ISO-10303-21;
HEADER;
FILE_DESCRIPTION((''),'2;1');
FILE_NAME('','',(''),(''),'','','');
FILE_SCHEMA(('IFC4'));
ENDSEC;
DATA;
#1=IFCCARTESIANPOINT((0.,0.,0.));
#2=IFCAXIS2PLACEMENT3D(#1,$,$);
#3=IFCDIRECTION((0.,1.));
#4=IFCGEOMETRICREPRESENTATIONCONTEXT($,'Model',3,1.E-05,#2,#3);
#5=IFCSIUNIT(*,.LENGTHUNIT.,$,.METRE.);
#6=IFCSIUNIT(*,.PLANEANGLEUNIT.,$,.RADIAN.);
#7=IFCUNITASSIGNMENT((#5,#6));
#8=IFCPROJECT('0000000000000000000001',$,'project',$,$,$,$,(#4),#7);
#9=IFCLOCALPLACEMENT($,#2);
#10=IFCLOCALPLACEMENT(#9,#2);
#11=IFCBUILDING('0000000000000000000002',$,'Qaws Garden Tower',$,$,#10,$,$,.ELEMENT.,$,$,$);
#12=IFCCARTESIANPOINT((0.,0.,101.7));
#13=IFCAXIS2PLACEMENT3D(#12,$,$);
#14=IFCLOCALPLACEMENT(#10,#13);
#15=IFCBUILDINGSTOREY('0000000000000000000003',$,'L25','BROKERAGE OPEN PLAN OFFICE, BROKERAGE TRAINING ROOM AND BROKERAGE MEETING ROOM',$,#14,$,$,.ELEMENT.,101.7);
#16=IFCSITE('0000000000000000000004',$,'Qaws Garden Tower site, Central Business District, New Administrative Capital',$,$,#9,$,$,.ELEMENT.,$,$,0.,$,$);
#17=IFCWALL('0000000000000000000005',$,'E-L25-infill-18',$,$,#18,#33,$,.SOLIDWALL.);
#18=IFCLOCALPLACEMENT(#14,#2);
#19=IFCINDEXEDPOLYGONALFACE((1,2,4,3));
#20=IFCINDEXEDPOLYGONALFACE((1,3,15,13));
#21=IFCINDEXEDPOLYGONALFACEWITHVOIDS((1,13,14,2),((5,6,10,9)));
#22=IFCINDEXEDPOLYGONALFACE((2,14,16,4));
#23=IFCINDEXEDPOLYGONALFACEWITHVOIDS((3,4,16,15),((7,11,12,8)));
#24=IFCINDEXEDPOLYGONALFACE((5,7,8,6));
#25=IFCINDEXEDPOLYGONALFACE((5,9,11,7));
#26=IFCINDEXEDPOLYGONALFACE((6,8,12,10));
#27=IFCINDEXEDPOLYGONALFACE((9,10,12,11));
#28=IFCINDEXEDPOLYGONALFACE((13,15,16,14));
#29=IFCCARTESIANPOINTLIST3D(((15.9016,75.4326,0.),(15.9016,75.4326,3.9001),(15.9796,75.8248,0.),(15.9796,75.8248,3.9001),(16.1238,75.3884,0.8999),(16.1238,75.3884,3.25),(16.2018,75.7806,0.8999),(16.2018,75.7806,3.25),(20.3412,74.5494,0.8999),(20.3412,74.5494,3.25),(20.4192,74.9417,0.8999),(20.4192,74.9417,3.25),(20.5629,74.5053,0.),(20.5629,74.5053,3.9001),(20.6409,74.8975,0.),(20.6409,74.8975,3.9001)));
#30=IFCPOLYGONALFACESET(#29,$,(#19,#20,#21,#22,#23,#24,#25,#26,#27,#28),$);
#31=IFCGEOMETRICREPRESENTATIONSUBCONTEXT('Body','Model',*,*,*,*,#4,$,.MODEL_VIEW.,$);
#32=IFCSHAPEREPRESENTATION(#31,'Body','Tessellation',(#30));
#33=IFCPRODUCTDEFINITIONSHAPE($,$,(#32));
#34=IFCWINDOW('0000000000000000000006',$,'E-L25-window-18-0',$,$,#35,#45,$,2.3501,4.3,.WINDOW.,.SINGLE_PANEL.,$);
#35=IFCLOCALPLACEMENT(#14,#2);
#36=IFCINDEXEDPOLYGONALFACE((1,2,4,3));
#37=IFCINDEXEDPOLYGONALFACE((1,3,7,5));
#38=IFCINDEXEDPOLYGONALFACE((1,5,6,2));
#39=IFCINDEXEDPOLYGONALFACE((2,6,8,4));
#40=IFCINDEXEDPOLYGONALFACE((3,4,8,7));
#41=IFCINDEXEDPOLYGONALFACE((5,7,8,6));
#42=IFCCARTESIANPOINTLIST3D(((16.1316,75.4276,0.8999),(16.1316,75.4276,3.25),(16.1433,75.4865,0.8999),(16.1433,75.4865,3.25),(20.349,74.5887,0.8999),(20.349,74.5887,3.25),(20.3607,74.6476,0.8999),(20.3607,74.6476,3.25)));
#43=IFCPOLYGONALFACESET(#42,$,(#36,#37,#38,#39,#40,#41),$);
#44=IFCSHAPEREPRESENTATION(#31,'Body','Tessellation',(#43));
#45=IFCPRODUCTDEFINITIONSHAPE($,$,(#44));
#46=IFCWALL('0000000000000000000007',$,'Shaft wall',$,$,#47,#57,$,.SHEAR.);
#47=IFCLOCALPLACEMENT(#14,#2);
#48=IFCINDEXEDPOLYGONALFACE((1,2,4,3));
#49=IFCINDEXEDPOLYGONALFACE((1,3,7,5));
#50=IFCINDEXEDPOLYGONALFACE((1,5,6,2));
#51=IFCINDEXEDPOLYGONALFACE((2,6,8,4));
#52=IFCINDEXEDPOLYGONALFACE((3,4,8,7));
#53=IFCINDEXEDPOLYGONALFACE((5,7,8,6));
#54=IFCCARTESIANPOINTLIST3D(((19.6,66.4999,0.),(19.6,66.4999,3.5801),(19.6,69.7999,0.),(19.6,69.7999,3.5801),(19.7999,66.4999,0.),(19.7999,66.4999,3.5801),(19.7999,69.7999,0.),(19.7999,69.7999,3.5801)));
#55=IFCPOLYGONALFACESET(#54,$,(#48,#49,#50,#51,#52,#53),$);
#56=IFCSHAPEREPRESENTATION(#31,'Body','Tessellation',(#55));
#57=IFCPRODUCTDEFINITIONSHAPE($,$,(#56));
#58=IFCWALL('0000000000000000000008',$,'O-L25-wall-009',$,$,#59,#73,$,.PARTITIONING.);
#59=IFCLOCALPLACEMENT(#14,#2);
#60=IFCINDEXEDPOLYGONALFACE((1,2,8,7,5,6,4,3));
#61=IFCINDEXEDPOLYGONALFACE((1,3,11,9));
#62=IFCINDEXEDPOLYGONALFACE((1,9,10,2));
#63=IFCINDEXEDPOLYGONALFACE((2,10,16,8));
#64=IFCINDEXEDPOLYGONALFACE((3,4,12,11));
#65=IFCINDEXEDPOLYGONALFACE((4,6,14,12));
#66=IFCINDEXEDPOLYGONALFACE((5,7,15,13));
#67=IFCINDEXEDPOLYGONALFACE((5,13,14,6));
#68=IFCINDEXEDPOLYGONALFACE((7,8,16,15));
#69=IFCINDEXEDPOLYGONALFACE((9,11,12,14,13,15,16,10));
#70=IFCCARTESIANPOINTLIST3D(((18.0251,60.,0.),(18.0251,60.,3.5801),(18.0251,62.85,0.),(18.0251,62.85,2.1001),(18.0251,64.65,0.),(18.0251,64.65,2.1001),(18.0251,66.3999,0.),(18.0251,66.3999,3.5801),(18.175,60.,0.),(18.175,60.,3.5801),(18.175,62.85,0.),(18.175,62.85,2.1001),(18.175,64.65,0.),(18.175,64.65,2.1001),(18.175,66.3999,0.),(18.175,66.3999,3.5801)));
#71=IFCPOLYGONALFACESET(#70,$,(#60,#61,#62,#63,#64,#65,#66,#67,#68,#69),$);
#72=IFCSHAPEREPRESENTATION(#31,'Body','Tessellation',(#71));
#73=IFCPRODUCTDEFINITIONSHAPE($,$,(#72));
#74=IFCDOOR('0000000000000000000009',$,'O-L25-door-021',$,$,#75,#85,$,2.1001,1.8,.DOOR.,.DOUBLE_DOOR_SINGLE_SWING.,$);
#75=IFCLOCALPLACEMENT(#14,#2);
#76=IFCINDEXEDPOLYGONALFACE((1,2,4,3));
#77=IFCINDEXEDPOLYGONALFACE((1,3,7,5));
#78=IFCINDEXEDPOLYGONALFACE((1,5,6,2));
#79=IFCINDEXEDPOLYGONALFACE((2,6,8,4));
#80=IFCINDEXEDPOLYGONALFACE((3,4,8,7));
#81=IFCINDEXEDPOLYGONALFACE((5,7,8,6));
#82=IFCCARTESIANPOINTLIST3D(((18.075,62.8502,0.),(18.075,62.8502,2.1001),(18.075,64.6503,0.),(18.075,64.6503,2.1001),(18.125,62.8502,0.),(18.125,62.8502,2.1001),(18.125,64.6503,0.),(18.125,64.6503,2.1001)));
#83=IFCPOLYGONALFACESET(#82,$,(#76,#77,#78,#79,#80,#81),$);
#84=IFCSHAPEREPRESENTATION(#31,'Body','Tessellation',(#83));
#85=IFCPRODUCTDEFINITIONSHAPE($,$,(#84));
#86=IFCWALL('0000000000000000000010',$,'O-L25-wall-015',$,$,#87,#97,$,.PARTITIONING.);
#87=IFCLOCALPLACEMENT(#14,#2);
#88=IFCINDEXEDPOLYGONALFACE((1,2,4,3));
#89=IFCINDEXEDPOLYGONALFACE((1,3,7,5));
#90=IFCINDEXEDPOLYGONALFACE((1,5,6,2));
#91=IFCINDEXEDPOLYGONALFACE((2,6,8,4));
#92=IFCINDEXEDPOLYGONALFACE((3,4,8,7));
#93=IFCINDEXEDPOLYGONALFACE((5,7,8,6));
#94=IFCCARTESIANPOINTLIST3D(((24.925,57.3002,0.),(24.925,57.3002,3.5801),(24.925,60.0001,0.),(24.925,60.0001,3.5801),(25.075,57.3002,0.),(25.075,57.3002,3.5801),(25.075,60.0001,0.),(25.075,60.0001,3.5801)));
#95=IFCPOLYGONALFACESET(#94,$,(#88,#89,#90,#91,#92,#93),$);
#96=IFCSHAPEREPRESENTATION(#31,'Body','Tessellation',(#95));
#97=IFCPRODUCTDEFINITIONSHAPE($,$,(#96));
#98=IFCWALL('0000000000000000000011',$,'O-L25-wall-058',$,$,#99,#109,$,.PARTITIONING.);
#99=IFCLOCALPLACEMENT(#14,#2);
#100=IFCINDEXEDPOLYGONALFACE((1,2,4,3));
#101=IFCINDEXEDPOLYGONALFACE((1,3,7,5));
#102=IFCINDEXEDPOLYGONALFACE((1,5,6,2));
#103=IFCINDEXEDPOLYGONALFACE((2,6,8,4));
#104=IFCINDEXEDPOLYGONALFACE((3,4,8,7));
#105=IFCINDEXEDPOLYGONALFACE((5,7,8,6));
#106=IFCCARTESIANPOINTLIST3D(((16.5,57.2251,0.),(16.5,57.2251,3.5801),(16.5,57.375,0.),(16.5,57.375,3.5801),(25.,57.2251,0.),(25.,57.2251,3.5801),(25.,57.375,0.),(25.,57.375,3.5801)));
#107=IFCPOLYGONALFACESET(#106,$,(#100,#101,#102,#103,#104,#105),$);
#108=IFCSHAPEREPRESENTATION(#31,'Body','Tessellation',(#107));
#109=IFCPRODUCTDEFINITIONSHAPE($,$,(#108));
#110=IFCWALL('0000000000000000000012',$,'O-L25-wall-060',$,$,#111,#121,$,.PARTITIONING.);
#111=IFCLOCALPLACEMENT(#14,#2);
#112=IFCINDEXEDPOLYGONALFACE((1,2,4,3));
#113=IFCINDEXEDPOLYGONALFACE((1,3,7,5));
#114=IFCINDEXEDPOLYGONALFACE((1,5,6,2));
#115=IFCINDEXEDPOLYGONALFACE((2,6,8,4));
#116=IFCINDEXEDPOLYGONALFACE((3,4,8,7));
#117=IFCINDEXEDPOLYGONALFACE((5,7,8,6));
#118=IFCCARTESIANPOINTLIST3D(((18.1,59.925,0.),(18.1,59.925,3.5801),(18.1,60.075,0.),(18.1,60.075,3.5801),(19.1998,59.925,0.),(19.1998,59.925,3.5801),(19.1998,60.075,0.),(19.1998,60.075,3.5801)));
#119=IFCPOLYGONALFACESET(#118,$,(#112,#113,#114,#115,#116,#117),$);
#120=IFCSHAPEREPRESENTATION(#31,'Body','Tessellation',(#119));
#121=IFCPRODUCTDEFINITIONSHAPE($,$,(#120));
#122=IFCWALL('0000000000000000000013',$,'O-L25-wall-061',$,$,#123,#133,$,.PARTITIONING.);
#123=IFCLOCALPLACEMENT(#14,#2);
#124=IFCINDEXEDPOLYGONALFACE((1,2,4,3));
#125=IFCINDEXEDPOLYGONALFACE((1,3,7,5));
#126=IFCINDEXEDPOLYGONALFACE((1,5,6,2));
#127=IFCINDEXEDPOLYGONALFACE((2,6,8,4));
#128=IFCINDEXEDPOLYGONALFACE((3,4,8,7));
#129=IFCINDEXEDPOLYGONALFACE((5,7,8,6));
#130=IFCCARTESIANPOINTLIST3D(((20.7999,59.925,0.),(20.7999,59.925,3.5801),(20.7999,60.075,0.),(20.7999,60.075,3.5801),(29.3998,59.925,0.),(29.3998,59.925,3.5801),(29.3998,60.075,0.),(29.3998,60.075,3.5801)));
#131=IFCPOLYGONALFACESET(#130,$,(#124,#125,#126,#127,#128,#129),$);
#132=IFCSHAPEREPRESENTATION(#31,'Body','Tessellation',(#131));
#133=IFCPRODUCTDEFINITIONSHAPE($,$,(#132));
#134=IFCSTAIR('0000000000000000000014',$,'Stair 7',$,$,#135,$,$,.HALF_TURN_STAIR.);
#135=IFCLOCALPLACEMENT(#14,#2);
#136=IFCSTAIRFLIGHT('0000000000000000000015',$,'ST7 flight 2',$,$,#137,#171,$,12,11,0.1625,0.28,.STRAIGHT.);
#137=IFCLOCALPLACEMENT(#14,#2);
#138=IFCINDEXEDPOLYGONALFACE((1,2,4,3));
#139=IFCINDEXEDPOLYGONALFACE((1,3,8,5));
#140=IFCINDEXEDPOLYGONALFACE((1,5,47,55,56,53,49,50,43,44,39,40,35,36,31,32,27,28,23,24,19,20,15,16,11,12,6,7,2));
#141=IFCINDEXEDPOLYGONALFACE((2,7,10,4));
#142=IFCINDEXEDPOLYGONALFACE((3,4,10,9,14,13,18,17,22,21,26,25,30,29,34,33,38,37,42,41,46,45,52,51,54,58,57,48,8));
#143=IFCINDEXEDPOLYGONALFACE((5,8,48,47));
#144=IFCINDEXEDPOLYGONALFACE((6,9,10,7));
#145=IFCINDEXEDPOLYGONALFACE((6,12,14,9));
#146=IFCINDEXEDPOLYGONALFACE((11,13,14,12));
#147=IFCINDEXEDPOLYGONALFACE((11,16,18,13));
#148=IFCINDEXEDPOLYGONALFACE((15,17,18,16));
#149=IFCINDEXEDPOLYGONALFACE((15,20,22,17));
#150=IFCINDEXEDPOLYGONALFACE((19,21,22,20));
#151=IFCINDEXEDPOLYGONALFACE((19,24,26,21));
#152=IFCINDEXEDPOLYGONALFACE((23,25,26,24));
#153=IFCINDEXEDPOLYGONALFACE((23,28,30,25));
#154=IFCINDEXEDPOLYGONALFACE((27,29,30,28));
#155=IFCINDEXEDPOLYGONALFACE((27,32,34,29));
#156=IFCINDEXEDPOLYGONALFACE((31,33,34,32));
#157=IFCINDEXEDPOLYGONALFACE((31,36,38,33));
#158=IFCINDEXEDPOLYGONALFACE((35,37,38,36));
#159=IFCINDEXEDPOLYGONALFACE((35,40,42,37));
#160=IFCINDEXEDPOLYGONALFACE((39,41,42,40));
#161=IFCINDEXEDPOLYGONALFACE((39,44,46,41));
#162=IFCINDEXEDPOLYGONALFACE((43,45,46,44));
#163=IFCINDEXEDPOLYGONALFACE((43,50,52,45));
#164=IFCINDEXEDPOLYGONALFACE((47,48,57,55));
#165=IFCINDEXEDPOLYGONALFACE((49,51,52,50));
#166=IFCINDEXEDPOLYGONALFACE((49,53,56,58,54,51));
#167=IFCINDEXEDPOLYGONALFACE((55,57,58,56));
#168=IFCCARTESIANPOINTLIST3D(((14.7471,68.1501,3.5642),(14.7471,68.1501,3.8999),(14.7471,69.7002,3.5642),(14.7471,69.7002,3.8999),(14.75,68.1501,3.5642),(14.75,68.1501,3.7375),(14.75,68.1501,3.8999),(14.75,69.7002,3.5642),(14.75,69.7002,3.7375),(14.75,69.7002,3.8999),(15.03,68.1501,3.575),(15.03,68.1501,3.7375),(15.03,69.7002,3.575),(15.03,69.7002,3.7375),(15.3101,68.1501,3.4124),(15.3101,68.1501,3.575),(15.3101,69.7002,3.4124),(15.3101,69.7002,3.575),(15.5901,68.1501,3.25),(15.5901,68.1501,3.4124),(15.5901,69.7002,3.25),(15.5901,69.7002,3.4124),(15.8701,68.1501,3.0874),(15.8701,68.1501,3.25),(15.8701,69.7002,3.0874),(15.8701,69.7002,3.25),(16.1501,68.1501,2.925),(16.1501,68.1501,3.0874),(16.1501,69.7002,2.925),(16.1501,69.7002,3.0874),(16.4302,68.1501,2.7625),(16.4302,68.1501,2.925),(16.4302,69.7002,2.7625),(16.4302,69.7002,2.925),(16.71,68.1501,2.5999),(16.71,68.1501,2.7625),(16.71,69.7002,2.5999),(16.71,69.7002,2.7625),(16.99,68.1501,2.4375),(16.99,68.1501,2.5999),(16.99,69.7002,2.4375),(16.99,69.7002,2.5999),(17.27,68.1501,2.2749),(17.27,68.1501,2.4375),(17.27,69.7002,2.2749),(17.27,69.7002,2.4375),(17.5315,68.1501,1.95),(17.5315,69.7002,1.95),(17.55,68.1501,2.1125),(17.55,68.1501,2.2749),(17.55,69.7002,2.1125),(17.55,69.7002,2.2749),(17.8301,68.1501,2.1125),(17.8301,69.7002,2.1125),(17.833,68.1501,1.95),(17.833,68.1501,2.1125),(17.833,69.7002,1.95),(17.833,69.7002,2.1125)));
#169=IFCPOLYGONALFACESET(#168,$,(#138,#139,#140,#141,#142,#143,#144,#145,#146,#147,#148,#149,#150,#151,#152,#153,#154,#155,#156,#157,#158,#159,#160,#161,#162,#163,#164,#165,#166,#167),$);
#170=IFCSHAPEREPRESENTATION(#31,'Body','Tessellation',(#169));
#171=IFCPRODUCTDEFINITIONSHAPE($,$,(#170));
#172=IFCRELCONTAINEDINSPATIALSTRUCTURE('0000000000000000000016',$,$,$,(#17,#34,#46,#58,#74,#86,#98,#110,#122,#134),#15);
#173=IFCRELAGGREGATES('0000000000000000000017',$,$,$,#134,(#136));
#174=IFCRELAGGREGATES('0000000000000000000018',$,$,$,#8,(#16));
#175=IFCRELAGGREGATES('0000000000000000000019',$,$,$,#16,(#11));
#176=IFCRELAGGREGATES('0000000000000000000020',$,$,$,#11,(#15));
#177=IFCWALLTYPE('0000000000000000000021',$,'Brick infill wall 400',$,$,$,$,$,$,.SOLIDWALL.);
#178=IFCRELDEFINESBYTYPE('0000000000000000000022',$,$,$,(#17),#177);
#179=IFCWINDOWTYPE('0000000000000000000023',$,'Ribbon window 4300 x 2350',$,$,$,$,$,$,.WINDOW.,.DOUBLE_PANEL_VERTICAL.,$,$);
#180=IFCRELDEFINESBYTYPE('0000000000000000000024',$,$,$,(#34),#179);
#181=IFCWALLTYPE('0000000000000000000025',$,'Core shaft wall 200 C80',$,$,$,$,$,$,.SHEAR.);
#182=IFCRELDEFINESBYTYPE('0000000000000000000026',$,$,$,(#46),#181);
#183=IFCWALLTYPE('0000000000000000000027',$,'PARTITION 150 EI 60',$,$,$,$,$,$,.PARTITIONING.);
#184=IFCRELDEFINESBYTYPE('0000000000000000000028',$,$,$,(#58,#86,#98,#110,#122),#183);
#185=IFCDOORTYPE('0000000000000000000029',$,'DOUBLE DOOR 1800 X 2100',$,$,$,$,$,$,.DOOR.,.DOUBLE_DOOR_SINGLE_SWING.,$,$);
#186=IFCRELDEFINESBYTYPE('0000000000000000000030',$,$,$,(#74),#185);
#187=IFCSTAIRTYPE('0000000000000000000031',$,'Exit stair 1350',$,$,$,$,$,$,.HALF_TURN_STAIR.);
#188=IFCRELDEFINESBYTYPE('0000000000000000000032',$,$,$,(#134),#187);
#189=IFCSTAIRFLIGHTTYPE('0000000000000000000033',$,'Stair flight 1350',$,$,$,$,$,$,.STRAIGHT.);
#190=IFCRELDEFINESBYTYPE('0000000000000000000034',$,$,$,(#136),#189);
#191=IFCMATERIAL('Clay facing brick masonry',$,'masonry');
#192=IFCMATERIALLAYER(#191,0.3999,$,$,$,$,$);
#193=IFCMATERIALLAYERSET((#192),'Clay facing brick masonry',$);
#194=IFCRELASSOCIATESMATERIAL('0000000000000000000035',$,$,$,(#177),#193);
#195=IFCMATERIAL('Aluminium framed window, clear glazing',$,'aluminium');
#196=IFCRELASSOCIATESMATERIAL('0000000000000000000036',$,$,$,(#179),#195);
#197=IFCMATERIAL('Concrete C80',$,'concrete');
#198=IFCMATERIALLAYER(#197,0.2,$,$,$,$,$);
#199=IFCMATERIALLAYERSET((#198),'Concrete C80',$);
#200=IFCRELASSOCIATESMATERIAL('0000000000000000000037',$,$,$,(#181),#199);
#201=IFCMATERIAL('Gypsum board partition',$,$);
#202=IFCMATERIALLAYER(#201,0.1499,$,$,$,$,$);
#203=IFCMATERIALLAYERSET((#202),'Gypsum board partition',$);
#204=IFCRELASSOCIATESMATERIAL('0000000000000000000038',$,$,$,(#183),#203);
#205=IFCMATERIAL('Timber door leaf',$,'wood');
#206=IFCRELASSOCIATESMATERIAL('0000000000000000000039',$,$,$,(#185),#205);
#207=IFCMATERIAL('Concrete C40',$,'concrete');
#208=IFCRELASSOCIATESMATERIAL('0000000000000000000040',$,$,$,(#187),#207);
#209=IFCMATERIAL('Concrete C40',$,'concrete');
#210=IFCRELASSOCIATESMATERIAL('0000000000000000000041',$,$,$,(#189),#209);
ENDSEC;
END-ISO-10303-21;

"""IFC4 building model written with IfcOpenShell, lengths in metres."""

from ifc_helpers import new_model, si_unit, direction, frame, frame_2d, origin, place, context, subcontext, project, spatial, polyline, rectangle, outline, extrude, material, layer, layer_set, type_object, element, fill, aggregate, save


model = new_model("IFC4")

# Units and contexts
model_context = context("Model", 3, precision=1e-05, world=origin(), true_north=direction((0.0, 1.0)))
body_context = subcontext(model_context, "Body", "Model", "MODEL_VIEW")
ifc_project = project(units=[si_unit("LENGTHUNIT", "METRE"), si_unit("PLANEANGLEUNIT", "RADIAN")], contexts=[model_context])

# Site, building, storey
site_placement = place(None, origin())
site = spatial("IfcSite", under=ifc_project, at=site_placement, Name="Qaws Garden Tower site, Central Business District, New Administrative Capital", CompositionType="ELEMENT", RefElevation=0.0)
building_placement = place(site_placement, origin())
building = spatial("IfcBuilding", under=site, at=building_placement, Name="Qaws Garden Tower", CompositionType="ELEMENT")
storey_placement = place(building_placement, frame((0.0, 0.0, 101.7)))
storey = spatial("IfcBuildingStorey", under=building, at=storey_placement, Name="L25", Description="BROKERAGE OPEN PLAN OFFICE, BROKERAGE TRAINING ROOM AND BROKERAGE MEETING ROOM", CompositionType="ELEMENT", Elevation=101.7)

# Wall, opening, window
ifc_material_1 = material(Name="Clay facing brick masonry", Category="masonry")
ifc_layer_1 = layer(ifc_material_1, 0.3999)
ifc_layer_set_1 = layer_set([ifc_layer_1], Name="Clay facing brick masonry")
wall_type_1 = type_object("IfcWallType", Name="Brick infill wall 400", PredefinedType="SOLIDWALL", material=ifc_layer_set_1)
ifc_material_2 = material(Name="Aluminium framed window, clear glazing", Category="aluminium")
window_type = type_object("IfcWindowType", Name="Ribbon window 4300 x 2350", PartitioningType="DOUBLE_PANEL_VERTICAL", PredefinedType="WINDOW", material=ifc_material_2)
wall_1_placement = place(storey_placement, frame((20.6021, 74.7014, 0.0), z_axis=(0.0, 0.0, 1.0), x_axis=(-0.980784, 0.195099, 0.0)))
wall_1 = element("IfcWall", 1, at=wall_1_placement, inside=storey, type_object=wall_type_1, Name="E-L25-infill-18", PredefinedType="SOLIDWALL", context=body_context, shape_type="SweptSolid", body=[
    extrude(rectangle(XDim=4.7527, YDim=0.3999, at=frame_2d((2.3765, 0.0))), origin(), (0.0, 0.0, 1.0), 3.9001),
])
opening_1_placement = place(wall_1_placement, frame((0.2263, 0.0, 0.8999)))
opening_1 = element("IfcOpeningElement", 2, at=opening_1_placement, cuts=wall_1, PredefinedType="OPENING", context=body_context, shape_type="SweptSolid", body=[
    extrude(rectangle(XDim=4.3, YDim=2.3501, at=frame_2d((2.1499, 1.175))), frame((0.0, 0.21, 0.0), z_axis=(0.0, -1.0, 0.0), x_axis=(1.0, 0.0, 0.0)), (0.0, 0.0, 1.0), 0.4199),
])
window_1_placement = place(opening_1_placement, origin())
window_1 = element("IfcWindow", 3, at=window_1_placement, inside=storey, type_object=window_type, Name="E-L25-window-18-0", OverallHeight=2.3501, OverallWidth=4.3, PartitioningType="SINGLE_PANEL", PredefinedType="WINDOW", context=body_context, shape_type="SweptSolid", body=[
    extrude(rectangle(XDim=4.3, YDim=2.3501, at=frame_2d((2.1499, 1.175))), frame((0.0, 0.1599, 0.0), z_axis=(0.0, -1.0, 0.0), x_axis=(1.0, 0.0, 0.0)), (0.0, 0.0, 1.0), 0.0601),
])
fill(opening_1, window_1)

# Wall
ifc_material_3 = material(Name="Concrete C80", Category="concrete")
ifc_layer_2 = layer(ifc_material_3, 0.2)
ifc_layer_set_2 = layer_set([ifc_layer_2], Name="Concrete C80")
wall_type_2 = type_object("IfcWallType", Name="Core shaft wall 200 C80", PredefinedType="SHEAR", material=ifc_layer_set_2)
wall_2_placement = place(storey_placement, frame((19.7, 66.5, 0.0), z_axis=(0.0, 0.0, 1.0), x_axis=(0.0, 1.0, 0.0)))
element("IfcWall", 4, at=wall_2_placement, inside=storey, type_object=wall_type_2, Name="Shaft wall", PredefinedType="SHEAR", context=body_context, shape_type="SweptSolid", body=[
    extrude(rectangle(XDim=3.3, YDim=0.2, at=frame_2d((1.6499, 0.0))), origin(), (0.0, 0.0, 1.0), 3.5801),
])

# Wall, opening, door
ifc_material_4 = material(Name="Gypsum board partition")
ifc_layer_3 = layer(ifc_material_4, 0.1499)
ifc_layer_set_3 = layer_set([ifc_layer_3], Name="Gypsum board partition")
wall_type_3 = type_object("IfcWallType", Name="PARTITION 150 EI 60", PredefinedType="PARTITIONING", material=ifc_layer_set_3)
wall_3_placement = place(storey_placement, frame((18.1001, 60.0, 0.0), z_axis=(0.0, 0.0, 1.0), x_axis=(0.0, 1.0, 0.0)))
wall_3 = element("IfcWall", 5, at=wall_3_placement, inside=storey, type_object=wall_type_3, Name="O-L25-wall-009", PredefinedType="PARTITIONING", context=body_context, shape_type="SweptSolid", body=[
    extrude(rectangle(XDim=6.3999, YDim=0.1499, at=frame_2d((3.2, 0.0))), origin(), (0.0, 0.0, 1.0), 3.5801),
])
opening_2_placement = place(wall_3_placement, frame((2.8501, 0.0, 0.0)))
opening_2 = element("IfcOpeningElement", 6, at=opening_2_placement, cuts=wall_3, PredefinedType="OPENING", context=body_context, shape_type="SweptSolid", body=[
    extrude(rectangle(XDim=1.8, YDim=2.1001, at=frame_2d((0.8999, 1.05))), frame((0.0, 0.085, 0.0), z_axis=(0.0, -1.0, 0.0), x_axis=(1.0, 0.0, 0.0)), (0.0, 0.0, 1.0), 0.1699),
])
ifc_material_5 = material(Name="Timber door leaf", Category="wood")
door_type = type_object("IfcDoorType", Name="DOUBLE DOOR 1800 X 2100", OperationType="DOUBLE_DOOR_SINGLE_SWING", PredefinedType="DOOR", material=ifc_material_5)
door_placement = place(opening_2_placement, frame((1.8, 0.0, 0.0), z_axis=(0.0, 0.0, 1.0), x_axis=(-1.0, 0.0, 0.0)))
door = element("IfcDoor", 7, at=door_placement, inside=storey, type_object=door_type, Name="O-L25-door-021", OperationType="DOUBLE_DOOR_SINGLE_SWING", OverallHeight=2.1001, OverallWidth=1.8, PredefinedType="DOOR", context=body_context, shape_type="SweptSolid", body=[
    extrude(rectangle(XDim=1.8, YDim=2.1001, at=frame_2d((0.8999, 1.05))), frame((0.0, 0.0249, 0.0), z_axis=(0.0, -1.0, 0.0), x_axis=(1.0, 0.0, 0.0)), (0.0, 0.0, 1.0), 0.05),
])
fill(opening_2, door)

# Walls
wall_4_placement = place(storey_placement, frame((25.0, 57.3, 0.0), z_axis=(0.0, 0.0, 1.0), x_axis=(0.0, 1.0, 0.0)))
element("IfcWall", 8, at=wall_4_placement, inside=storey, type_object=wall_type_3, Name="O-L25-wall-015", PredefinedType="PARTITIONING", context=body_context, shape_type="SweptSolid", body=[
    extrude(rectangle(XDim=2.7, YDim=0.1499, at=frame_2d((1.3501, 0.0))), origin(), (0.0, 0.0, 1.0), 3.5801),
])
wall_5_placement = place(storey_placement, frame((16.5, 57.3, 0.0), z_axis=(0.0, 0.0, 1.0), x_axis=(1.0, 0.0, 0.0)))
element("IfcWall", 9, at=wall_5_placement, inside=storey, type_object=wall_type_3, Name="O-L25-wall-058", PredefinedType="PARTITIONING", context=body_context, shape_type="SweptSolid", body=[
    extrude(rectangle(XDim=8.5, YDim=0.1499, at=frame_2d((4.25, 0.0))), origin(), (0.0, 0.0, 1.0), 3.5801),
])
wall_6_placement = place(storey_placement, frame((18.1001, 60.0, 0.0), z_axis=(0.0, 0.0, 1.0), x_axis=(1.0, 0.0, 0.0)))
element("IfcWall", 10, at=wall_6_placement, inside=storey, type_object=wall_type_3, Name="O-L25-wall-060", PredefinedType="PARTITIONING", context=body_context, shape_type="SweptSolid", body=[
    extrude(rectangle(XDim=1.0999, YDim=0.1499, at=frame_2d((0.5498, 0.0))), origin(), (0.0, 0.0, 1.0), 3.5801),
])
wall_7_placement = place(storey_placement, frame((20.8, 60.0, 0.0), z_axis=(0.0, 0.0, 1.0), x_axis=(1.0, 0.0, 0.0)))
element("IfcWall", 11, at=wall_7_placement, inside=storey, type_object=wall_type_3, Name="O-L25-wall-061", PredefinedType="PARTITIONING", context=body_context, shape_type="SweptSolid", body=[
    extrude(rectangle(XDim=8.5999, YDim=0.1499, at=frame_2d((4.2998, 0.0))), origin(), (0.0, 0.0, 1.0), 3.5801),
])

# Stair, stair flight
ifc_material_6 = material(Name="Concrete C40", Category="concrete")
stair_type = type_object("IfcStairType", Name="Exit stair 1350", PredefinedType="HALF_TURN_STAIR", material=ifc_material_6)
stair_placement = place(storey_placement, origin())
stair = element("IfcStair", 12, at=stair_placement, inside=storey, type_object=stair_type, Name="Stair 7", PredefinedType="HALF_TURN_STAIR")
ifc_material_7 = material(Name="Concrete C40", Category="concrete")
stair_flight_type = type_object("IfcStairFlightType", Name="Stair flight 1350", PredefinedType="STRAIGHT", material=ifc_material_7)
stair_flight_placement = place(storey_placement, frame((17.8301, 68.925, 1.95), z_axis=(0.0, 0.0, 1.0), x_axis=(-1.0, 0.0, 0.0)))
stair_flight = element("IfcStairFlight", 13, at=stair_flight_placement, type_object=stair_flight_type, Name="ST7 flight 2", NumberOfRisers=12, NumberOfTreads=11, PredefinedType="STRAIGHT", RiserHeight=0.1625, TreadLength=0.28, context=body_context, shape_type="SweptSolid", body=[
    extrude(outline(polyline([(-0.0029, 0.0), (-0.0029, 0.1626), (0.0, 0.1626), (0.28, 0.1626), (0.28, 0.325), (0.5601, 0.325), (0.5601, 0.4875), (0.8401, 0.4875), (0.8401, 0.6499), (1.1201, 0.6499), (1.1201, 0.8125), (1.3999, 0.8125), (1.3999, 0.9751), (1.6799, 0.9751), (1.6799, 1.1375), (1.96, 1.1375), (1.96, 1.3), (2.24, 1.3), (2.24, 1.4624), (2.52, 1.4624), (2.52, 1.625), (2.8, 1.625), (2.8, 1.7876), (3.0801, 1.7876), (3.0801, 1.95), (3.083, 1.95), (3.083, 1.6143), (3.0801, 1.6143), (0.2986, 0.0), (-0.0029, 0.0)])), frame((0.0, 0.7749, 0.0), z_axis=(0.0, -1.0, 0.0), x_axis=(1.0, 0.0, 0.0)), (0.0, 0.0, 1.0), 1.55),
])
aggregate(stair, [stair_flight])

save(model, "model.ifc")
